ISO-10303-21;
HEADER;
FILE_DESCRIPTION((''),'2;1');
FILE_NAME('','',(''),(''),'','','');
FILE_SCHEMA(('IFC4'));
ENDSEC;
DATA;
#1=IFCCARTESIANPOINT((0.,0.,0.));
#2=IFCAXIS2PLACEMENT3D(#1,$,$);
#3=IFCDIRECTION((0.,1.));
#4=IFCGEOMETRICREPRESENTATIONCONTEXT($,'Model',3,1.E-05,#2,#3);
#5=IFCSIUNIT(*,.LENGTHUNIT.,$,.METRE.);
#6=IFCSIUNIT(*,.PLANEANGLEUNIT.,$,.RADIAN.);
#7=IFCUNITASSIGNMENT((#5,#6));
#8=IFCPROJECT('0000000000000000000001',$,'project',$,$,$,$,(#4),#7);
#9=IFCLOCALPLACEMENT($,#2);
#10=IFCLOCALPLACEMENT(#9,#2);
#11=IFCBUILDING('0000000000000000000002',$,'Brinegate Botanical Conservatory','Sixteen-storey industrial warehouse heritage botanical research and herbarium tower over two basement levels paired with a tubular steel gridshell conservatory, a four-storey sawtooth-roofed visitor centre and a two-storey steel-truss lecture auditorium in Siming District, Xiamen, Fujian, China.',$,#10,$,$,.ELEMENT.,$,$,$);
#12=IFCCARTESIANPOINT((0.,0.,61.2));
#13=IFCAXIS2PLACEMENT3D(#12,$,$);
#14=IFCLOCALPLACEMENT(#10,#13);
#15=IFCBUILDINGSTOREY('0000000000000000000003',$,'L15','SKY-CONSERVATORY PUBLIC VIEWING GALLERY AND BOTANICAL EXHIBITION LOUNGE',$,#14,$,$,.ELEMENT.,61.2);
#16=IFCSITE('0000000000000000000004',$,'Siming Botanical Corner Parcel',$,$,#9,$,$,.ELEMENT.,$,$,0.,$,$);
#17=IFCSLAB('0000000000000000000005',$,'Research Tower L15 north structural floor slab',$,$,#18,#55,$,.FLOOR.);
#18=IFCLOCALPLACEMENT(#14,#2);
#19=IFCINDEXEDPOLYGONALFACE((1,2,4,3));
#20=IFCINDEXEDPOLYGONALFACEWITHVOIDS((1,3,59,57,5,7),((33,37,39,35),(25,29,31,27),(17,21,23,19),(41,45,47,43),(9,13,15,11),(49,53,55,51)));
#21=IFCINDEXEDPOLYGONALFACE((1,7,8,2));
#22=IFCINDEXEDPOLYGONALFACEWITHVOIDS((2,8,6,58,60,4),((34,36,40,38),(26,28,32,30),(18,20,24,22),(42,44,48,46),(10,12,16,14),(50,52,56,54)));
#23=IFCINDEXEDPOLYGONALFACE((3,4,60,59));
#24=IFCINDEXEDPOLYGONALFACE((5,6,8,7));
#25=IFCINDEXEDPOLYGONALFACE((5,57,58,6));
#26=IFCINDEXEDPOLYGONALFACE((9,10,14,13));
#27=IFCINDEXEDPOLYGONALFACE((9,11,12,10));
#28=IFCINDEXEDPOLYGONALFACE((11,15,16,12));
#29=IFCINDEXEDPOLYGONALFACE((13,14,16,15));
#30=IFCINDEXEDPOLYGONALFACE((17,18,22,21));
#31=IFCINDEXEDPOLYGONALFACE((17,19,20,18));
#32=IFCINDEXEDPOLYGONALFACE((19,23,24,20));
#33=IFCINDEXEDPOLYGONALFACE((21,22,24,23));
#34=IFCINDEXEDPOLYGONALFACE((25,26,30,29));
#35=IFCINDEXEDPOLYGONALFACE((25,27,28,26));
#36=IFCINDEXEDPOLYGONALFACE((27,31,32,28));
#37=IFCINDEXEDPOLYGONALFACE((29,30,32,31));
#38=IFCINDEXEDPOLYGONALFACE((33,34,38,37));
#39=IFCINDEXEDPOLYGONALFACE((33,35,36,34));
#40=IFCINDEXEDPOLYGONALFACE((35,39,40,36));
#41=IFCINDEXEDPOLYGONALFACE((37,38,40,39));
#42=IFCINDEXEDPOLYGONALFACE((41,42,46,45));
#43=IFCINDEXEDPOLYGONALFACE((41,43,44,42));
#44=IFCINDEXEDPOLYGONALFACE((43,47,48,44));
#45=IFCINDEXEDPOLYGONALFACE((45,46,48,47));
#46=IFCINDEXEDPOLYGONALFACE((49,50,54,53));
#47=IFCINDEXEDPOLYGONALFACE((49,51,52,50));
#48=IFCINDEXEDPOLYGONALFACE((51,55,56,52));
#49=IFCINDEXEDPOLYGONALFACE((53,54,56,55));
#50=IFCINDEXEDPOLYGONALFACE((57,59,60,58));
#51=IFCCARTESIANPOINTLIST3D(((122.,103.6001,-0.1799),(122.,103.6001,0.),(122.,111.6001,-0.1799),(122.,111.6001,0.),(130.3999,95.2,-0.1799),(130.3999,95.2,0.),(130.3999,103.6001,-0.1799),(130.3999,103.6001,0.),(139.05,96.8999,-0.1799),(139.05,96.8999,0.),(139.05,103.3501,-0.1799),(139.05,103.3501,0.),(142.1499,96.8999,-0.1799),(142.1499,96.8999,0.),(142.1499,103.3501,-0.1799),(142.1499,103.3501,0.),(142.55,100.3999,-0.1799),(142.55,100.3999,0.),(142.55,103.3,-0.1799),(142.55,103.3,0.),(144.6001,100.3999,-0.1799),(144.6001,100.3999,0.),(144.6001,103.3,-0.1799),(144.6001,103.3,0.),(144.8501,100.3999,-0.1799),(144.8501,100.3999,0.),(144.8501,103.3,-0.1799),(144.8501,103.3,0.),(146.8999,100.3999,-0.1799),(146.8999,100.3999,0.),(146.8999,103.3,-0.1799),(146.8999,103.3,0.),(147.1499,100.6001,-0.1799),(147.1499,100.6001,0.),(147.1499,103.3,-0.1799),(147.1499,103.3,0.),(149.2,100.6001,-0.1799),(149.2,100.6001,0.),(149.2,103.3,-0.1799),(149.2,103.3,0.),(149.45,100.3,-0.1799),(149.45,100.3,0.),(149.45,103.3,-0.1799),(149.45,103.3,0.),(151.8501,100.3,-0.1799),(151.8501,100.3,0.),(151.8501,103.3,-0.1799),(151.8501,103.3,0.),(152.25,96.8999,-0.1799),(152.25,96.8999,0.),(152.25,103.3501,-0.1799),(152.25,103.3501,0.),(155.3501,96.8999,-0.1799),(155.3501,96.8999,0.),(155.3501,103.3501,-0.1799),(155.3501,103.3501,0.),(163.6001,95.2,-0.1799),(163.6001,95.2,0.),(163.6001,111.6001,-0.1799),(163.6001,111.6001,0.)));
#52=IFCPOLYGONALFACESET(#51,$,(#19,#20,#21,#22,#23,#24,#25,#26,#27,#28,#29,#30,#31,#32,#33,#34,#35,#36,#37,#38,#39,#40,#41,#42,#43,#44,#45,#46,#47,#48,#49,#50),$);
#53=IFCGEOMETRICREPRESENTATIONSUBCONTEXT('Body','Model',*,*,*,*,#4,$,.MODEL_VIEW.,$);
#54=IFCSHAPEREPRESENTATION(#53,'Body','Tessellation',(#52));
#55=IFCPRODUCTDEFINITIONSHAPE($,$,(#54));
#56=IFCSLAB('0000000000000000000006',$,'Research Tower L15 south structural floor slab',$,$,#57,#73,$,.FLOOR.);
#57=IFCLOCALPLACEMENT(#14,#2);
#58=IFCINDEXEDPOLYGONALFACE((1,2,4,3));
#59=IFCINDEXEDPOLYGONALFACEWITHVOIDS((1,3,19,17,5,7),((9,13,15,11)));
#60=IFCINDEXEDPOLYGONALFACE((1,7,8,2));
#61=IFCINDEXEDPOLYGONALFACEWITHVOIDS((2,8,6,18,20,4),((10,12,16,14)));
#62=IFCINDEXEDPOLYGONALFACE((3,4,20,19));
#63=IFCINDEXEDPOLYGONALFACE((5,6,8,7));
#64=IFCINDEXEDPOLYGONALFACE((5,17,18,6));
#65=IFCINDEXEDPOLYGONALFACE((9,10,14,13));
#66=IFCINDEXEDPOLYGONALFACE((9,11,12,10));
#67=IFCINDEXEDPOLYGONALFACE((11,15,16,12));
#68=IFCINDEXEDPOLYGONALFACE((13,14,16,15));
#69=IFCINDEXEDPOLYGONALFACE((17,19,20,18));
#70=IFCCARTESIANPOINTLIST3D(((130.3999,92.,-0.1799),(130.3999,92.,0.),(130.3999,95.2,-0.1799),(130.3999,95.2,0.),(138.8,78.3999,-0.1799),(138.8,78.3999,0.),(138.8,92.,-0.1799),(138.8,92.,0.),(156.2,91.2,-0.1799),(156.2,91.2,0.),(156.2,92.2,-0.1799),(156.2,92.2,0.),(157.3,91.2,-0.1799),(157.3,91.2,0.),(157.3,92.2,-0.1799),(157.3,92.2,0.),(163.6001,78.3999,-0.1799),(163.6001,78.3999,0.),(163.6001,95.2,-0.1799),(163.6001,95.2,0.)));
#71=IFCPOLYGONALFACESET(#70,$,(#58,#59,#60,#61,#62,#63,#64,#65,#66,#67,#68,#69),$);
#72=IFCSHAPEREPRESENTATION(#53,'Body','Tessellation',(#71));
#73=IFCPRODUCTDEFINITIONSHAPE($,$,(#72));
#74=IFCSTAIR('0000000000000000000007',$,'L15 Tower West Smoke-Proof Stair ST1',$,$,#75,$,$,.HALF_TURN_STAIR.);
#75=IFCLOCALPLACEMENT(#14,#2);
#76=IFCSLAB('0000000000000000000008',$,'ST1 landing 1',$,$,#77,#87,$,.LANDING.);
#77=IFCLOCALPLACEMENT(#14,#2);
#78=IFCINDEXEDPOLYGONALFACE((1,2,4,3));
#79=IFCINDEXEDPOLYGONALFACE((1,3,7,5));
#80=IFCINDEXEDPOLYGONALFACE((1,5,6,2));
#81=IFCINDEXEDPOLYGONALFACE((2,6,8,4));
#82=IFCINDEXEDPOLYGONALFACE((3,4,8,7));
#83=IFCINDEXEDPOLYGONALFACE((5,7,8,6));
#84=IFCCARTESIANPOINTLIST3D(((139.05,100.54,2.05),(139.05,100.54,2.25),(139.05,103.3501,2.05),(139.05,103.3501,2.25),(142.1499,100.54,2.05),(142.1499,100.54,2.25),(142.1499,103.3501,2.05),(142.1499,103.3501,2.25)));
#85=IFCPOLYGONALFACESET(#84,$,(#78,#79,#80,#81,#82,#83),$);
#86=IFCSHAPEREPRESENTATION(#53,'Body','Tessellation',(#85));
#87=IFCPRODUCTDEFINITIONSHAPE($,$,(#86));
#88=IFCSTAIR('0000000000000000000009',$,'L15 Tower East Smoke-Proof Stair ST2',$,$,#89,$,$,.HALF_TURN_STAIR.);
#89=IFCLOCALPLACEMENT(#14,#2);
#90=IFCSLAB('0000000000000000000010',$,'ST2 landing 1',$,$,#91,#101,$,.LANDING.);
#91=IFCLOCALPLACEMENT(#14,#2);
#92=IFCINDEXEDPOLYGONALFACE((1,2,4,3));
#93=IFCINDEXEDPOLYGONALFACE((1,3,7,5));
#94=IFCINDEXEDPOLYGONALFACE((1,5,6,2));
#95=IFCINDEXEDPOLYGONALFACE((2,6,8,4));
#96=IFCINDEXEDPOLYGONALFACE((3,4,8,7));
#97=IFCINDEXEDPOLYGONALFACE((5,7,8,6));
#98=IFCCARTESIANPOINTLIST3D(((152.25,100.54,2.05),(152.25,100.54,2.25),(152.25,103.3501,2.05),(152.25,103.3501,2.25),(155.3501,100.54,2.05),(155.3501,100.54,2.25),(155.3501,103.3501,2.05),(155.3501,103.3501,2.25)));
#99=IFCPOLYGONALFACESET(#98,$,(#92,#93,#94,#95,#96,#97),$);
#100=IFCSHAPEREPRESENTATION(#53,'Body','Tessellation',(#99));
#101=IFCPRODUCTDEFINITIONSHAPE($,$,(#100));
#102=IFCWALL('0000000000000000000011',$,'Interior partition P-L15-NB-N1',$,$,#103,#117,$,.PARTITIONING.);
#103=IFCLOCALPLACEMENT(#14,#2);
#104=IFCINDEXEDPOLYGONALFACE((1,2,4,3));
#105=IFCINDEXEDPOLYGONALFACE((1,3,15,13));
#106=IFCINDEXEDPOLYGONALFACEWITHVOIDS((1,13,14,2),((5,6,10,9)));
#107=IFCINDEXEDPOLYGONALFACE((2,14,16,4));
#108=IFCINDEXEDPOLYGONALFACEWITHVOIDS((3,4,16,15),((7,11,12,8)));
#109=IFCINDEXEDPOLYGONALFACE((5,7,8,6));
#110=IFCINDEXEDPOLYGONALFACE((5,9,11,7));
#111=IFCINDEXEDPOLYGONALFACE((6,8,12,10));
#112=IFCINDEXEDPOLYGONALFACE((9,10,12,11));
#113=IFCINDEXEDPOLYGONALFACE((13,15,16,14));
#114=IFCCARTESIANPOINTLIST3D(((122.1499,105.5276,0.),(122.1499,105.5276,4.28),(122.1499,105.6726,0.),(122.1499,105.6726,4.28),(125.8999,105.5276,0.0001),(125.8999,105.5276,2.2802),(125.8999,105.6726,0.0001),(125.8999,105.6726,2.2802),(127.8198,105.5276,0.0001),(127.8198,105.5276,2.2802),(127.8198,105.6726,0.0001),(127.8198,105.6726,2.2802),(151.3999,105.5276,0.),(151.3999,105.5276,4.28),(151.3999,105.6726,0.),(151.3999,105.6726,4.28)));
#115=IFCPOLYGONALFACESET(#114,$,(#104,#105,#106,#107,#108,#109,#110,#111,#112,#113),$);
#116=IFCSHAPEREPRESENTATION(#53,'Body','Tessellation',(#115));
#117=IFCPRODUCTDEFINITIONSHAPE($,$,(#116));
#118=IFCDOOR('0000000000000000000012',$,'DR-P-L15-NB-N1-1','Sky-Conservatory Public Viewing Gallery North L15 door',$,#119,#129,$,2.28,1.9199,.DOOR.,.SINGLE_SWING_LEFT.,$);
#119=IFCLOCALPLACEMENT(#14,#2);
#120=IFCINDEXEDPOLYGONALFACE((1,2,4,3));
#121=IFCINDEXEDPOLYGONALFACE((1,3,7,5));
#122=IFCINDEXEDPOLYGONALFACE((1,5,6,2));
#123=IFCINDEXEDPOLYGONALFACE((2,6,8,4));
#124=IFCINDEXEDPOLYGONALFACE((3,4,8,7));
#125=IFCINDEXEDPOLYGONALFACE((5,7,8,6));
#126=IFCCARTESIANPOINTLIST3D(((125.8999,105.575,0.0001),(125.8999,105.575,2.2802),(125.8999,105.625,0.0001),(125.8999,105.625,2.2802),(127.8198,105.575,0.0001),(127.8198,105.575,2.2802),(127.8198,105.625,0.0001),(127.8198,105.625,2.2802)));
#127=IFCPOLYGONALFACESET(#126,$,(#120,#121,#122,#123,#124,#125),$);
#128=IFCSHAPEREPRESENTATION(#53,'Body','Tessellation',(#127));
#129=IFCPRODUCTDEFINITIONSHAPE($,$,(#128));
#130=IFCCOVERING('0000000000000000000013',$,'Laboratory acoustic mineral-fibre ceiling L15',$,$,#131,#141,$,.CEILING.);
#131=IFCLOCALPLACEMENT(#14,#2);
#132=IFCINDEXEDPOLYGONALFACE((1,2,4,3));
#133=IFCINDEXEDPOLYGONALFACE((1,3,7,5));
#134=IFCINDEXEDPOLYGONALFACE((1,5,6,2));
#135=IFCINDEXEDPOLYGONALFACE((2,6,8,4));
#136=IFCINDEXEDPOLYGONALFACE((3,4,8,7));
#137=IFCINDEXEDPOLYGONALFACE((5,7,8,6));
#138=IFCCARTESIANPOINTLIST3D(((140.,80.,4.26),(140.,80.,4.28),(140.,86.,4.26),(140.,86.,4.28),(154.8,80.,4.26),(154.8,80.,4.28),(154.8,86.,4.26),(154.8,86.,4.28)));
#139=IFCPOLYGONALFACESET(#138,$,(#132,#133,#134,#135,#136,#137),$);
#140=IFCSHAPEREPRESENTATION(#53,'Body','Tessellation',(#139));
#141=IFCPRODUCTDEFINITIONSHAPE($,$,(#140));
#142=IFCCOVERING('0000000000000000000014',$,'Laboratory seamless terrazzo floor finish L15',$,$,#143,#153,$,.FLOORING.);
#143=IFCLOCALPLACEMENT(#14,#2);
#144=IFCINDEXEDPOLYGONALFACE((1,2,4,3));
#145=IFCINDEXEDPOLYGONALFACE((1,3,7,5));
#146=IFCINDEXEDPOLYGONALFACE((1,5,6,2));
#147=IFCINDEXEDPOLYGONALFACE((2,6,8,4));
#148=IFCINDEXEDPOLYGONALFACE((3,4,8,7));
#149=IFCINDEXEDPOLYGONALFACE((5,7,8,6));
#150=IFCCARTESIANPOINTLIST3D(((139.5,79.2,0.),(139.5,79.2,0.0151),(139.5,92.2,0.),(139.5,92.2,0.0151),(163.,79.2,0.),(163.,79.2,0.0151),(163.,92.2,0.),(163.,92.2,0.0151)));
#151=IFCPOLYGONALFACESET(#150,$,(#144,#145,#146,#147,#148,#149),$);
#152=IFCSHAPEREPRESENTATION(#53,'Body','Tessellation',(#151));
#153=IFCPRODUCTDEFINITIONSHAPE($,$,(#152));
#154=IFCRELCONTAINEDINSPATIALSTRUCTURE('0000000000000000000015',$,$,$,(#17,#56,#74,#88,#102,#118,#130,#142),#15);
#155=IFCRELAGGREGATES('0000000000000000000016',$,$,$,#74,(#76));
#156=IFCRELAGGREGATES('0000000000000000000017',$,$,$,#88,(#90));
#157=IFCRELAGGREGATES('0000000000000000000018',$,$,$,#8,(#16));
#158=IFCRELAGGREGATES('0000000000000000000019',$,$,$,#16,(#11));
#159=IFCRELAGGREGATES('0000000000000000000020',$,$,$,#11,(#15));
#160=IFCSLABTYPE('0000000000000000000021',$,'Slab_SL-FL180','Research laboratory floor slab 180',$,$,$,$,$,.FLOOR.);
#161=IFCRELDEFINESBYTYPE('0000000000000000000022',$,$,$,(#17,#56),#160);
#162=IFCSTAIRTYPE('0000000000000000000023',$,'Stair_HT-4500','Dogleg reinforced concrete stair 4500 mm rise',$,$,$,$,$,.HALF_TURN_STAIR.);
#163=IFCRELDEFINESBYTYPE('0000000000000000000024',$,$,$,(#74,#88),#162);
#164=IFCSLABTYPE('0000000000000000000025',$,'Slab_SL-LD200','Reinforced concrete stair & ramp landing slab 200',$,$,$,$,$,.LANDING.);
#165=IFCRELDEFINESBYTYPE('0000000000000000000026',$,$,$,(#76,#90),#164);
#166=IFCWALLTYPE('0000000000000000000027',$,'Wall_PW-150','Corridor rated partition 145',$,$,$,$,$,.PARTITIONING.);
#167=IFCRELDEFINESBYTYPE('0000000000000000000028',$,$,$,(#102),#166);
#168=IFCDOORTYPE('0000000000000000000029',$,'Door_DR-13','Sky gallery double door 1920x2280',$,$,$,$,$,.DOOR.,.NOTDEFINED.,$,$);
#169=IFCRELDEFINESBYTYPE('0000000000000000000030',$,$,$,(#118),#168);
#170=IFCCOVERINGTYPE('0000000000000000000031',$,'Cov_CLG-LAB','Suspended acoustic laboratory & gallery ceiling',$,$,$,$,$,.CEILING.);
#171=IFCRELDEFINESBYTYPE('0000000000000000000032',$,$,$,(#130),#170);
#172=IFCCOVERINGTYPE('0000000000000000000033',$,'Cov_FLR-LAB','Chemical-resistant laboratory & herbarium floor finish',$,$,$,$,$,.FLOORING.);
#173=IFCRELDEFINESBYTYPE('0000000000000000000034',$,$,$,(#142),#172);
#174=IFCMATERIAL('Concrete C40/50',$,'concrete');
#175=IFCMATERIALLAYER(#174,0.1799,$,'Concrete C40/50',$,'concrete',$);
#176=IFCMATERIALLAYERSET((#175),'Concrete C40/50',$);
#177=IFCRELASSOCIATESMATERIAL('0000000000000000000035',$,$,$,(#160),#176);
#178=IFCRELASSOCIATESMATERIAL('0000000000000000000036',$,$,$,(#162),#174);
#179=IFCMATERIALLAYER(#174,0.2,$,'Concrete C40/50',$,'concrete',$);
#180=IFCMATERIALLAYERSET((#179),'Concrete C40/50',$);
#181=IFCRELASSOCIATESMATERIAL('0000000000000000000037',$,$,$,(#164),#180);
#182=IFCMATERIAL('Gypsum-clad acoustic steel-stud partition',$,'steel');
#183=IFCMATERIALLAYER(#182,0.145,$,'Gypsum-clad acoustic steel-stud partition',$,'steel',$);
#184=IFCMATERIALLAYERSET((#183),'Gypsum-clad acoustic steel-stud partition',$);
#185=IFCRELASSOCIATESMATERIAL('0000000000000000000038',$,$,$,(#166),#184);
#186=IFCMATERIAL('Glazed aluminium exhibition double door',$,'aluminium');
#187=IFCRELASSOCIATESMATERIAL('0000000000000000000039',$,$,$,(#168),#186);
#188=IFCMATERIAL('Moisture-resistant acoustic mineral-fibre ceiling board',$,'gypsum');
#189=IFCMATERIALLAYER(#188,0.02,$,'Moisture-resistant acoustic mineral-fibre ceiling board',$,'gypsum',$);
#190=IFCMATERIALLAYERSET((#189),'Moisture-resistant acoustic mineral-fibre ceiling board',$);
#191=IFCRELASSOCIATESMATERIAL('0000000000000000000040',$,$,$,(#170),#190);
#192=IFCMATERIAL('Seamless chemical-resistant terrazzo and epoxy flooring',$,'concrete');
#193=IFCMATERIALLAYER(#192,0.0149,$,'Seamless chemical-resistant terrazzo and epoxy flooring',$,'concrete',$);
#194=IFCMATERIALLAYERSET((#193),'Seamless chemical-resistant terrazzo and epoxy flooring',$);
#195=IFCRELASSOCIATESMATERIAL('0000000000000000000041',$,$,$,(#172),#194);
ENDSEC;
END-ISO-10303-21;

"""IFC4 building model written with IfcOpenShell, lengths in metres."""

from ifc_helpers import new_model, si_unit, direction, frame, frame_2d, origin, place, context, subcontext, project, spatial, polyline, rectangle, outline, extrude, material, layer, layer_set, type_object, element, fill, aggregate, save


model = new_model("IFC4")

# Units and contexts
model_context = context("Model", 3, precision=1e-05, world=origin(), true_north=direction((0.0, 1.0)))
body_context = subcontext(model_context, "Body", "Model", "MODEL_VIEW")
ifc_project = project(units=[si_unit("LENGTHUNIT", "METRE"), si_unit("PLANEANGLEUNIT", "RADIAN")], contexts=[model_context])

# Site, building, storey
site_placement = place(None, origin())
site = spatial("IfcSite", under=ifc_project, at=site_placement, Name="Siming Botanical Corner Parcel", CompositionType="ELEMENT", RefElevation=0.0)
building_placement = place(site_placement, origin())
building = spatial("IfcBuilding", under=site, at=building_placement, Name="Brinegate Botanical Conservatory", Description="Sixteen-storey industrial warehouse heritage botanical research and herbarium tower over two basement levels paired with a tubular steel gridshell conservatory, a four-storey sawtooth-roofed visitor centre and a two-storey steel-truss lecture auditorium in Siming District, Xiamen, Fujian, China.", CompositionType="ELEMENT")
storey_placement = place(building_placement, frame((0.0, 0.0, 61.2)))
storey = spatial("IfcBuildingStorey", under=building, at=storey_placement, Name="L15", Description="SKY-CONSERVATORY PUBLIC VIEWING GALLERY AND BOTANICAL EXHIBITION LOUNGE", CompositionType="ELEMENT", Elevation=61.2)

# Shared definitions
ifc_material_1 = material(Name="Concrete C40/50", Category="concrete")

# Slabs
ifc_layer_1 = layer(ifc_material_1, 0.1799, Name="Concrete C40/50", Category="concrete")
ifc_layer_set_1 = layer_set([ifc_layer_1], Name="Concrete C40/50")
slab_type_1 = type_object("IfcSlabType", Name="Slab_SL-FL180", Description="Research laboratory floor slab 180", PredefinedType="FLOOR", material=ifc_layer_set_1)
slab_1_placement = place(storey_placement, frame((0.0, 0.0, -0.1799)))
element("IfcSlab", 1, at=slab_1_placement, inside=storey, type_object=slab_type_1, Name="Research Tower L15 north structural floor slab", PredefinedType="FLOOR", context=body_context, shape_type="SweptSolid", body=[
    extrude(outline(polyline([(130.3999, 103.6001), (122.0, 103.6001), (122.0, 111.6001), (163.6001, 111.6001), (163.6001, 95.2), (130.3999, 95.2), (130.3999, 103.6001)]), holes=[polyline([(142.1499, 96.8999), (142.1499, 103.3501), (139.05, 103.3501), (139.05, 96.8999), (142.1499, 96.8999)]), polyline([(155.3501, 96.8999), (155.3501, 103.3501), (152.25, 103.3501), (152.25, 96.8999), (155.3501, 96.8999)]), polyline([(142.55, 100.3999), (144.6001, 100.3999), (144.6001, 103.3), (142.55, 103.3), (142.55, 100.3999)]), polyline([(144.8501, 100.3999), (146.8999, 100.3999), (146.8999, 103.3), (144.8501, 103.3), (144.8501, 100.3999)]), polyline([(147.1499, 100.6001), (149.2, 100.6001), (149.2, 103.3), (147.1499, 103.3), (147.1499, 100.6001)]), polyline([(149.45, 100.3), (151.8501, 100.3), (151.8501, 103.3), (149.45, 103.3), (149.45, 100.3)])]), origin(), (0.0, 0.0, 1.0), 0.1799),
])
slab_2_placement = place(storey_placement, frame((0.0, 0.0, -0.1799)))
element("IfcSlab", 2, at=slab_2_placement, inside=storey, type_object=slab_type_1, Name="Research Tower L15 south structural floor slab", PredefinedType="FLOOR", context=body_context, shape_type="SweptSolid", body=[
    extrude(outline(polyline([(163.6001, 78.3999), (138.8, 78.3999), (138.8, 92.0), (130.3999, 92.0), (130.3999, 95.2), (163.6001, 95.2), (163.6001, 78.3999)]), holes=[polyline([(156.2, 91.2), (157.3, 91.2), (157.3, 92.2), (156.2, 92.2), (156.2, 91.2)])]), origin(), (0.0, 0.0, 1.0), 0.1799),
])

# Stairs, slabs
stair_type = type_object("IfcStairType", Name="Stair_HT-4500", Description="Dogleg reinforced concrete stair 4500 mm rise", PredefinedType="HALF_TURN_STAIR", material=ifc_material_1)
stair_1_placement = place(storey_placement, origin())
stair_1 = element("IfcStair", 3, at=stair_1_placement, inside=storey, type_object=stair_type, Name="L15 Tower West Smoke-Proof Stair ST1", PredefinedType="HALF_TURN_STAIR")
ifc_layer_2 = layer(ifc_material_1, 0.2, Name="Concrete C40/50", Category="concrete")
ifc_layer_set_2 = layer_set([ifc_layer_2], Name="Concrete C40/50")
slab_type_2 = type_object("IfcSlabType", Name="Slab_SL-LD200", Description="Reinforced concrete stair & ramp landing slab 200", PredefinedType="LANDING", material=ifc_layer_set_2)
slab_3_placement = place(storey_placement, frame((0.0, 0.0, 2.05)))
slab_3 = element("IfcSlab", 4, at=slab_3_placement, type_object=slab_type_2, Name="ST1 landing 1", PredefinedType="LANDING", context=body_context, shape_type="SweptSolid", body=[
    extrude(outline(polyline([(142.1499, 100.54), (142.1499, 103.3501), (139.05, 103.3501), (139.05, 100.54), (142.1499, 100.54)])), origin(), (0.0, 0.0, 1.0), 0.2),
])
aggregate(stair_1, [slab_3])
stair_2_placement = place(storey_placement, origin())
stair_2 = element("IfcStair", 5, at=stair_2_placement, inside=storey, type_object=stair_type, Name="L15 Tower East Smoke-Proof Stair ST2", PredefinedType="HALF_TURN_STAIR")
slab_4_placement = place(storey_placement, frame((0.0, 0.0, 2.05)))
slab_4 = element("IfcSlab", 6, at=slab_4_placement, type_object=slab_type_2, Name="ST2 landing 1", PredefinedType="LANDING", context=body_context, shape_type="SweptSolid", body=[
    extrude(outline(polyline([(155.3501, 100.54), (155.3501, 103.3501), (152.25, 103.3501), (152.25, 100.54), (155.3501, 100.54)])), origin(), (0.0, 0.0, 1.0), 0.2),
])
aggregate(stair_2, [slab_4])

# Wall, opening, door
ifc_material_2 = material(Name="Gypsum-clad acoustic steel-stud partition", Category="steel")
ifc_layer_3 = layer(ifc_material_2, 0.145, Name="Gypsum-clad acoustic steel-stud partition", Category="steel")
ifc_layer_set_3 = layer_set([ifc_layer_3], Name="Gypsum-clad acoustic steel-stud partition")
wall_type = type_object("IfcWallType", Name="Wall_PW-150", Description="Corridor rated partition 145", PredefinedType="PARTITIONING", material=ifc_layer_set_3)
wall_placement = place(storey_placement, frame((122.1499, 105.6001, 0.0), z_axis=(0.0, 0.0, 1.0), x_axis=(1.0, 0.0, 0.0)))
wall = element("IfcWall", 7, at=wall_placement, inside=storey, type_object=wall_type, Name="Interior partition P-L15-NB-N1", PredefinedType="PARTITIONING", context=body_context, shape_type="SweptSolid", body=[
    extrude(rectangle(XDim=29.25, YDim=0.145, at=frame_2d((14.625, 0.0))), origin(), (0.0, 0.0, 1.0), 4.28),
])
opening_placement = place(wall_placement, frame((3.75, 0.0, 0.0)))
opening = element("IfcOpeningElement", 8, at=opening_placement, cuts=wall, PredefinedType="OPENING", context=body_context, shape_type="SweptSolid", body=[
    extrude(rectangle(XDim=1.9199, YDim=2.28, at=frame_2d((0.96, 1.1401))), frame((0.0, 0.0825, 0.0), z_axis=(0.0, -1.0, 0.0), x_axis=(1.0, 0.0, 0.0)), (0.0, 0.0, 1.0), 0.165),
])
ifc_material_3 = material(Name="Glazed aluminium exhibition double door", Category="aluminium")
door_type = type_object("IfcDoorType", Name="Door_DR-13", Description="Sky gallery double door 1920x2280", OperationType="NOTDEFINED", PredefinedType="DOOR", material=ifc_material_3)
door_placement = place(opening_placement, origin())
door = element("IfcDoor", 9, at=door_placement, inside=storey, type_object=door_type, Name="DR-P-L15-NB-N1-1", Description="Sky-Conservatory Public Viewing Gallery North L15 door", OperationType="SINGLE_SWING_LEFT", OverallHeight=2.28, OverallWidth=1.9199, PredefinedType="DOOR", context=body_context, shape_type="SweptSolid", body=[
    extrude(rectangle(XDim=1.9199, YDim=2.28, at=frame_2d((0.96, 1.1401))), frame((0.0, 0.0249, 0.0), z_axis=(0.0, -1.0, 0.0), x_axis=(1.0, 0.0, 0.0)), (0.0, 0.0, 1.0), 0.05),
])
fill(opening, door)

# Coverings
ifc_material_4 = material(Name="Moisture-resistant acoustic mineral-fibre ceiling board", Category="gypsum")
ifc_layer_4 = layer(ifc_material_4, 0.02, Name="Moisture-resistant acoustic mineral-fibre ceiling board", Category="gypsum")
ifc_layer_set_4 = layer_set([ifc_layer_4], Name="Moisture-resistant acoustic mineral-fibre ceiling board")
covering_type_1 = type_object("IfcCoveringType", Name="Cov_CLG-LAB", Description="Suspended acoustic laboratory & gallery ceiling", PredefinedType="CEILING", material=ifc_layer_set_4)
covering_1_placement = place(storey_placement, frame((0.0, 0.0, 4.26)))
element("IfcCovering", 10, at=covering_1_placement, inside=storey, type_object=covering_type_1, Name="Laboratory acoustic mineral-fibre ceiling L15", PredefinedType="CEILING", context=body_context, shape_type="SweptSolid", body=[
    extrude(outline(polyline([(140.0, 80.0), (154.8, 80.0), (154.8, 86.0), (140.0, 86.0), (140.0, 80.0)])), origin(), (0.0, 0.0, 1.0), 0.02),
])
ifc_material_5 = material(Name="Seamless chemical-resistant terrazzo and epoxy flooring", Category="concrete")
ifc_layer_5 = layer(ifc_material_5, 0.0149, Name="Seamless chemical-resistant terrazzo and epoxy flooring", Category="concrete")
ifc_layer_set_5 = layer_set([ifc_layer_5], Name="Seamless chemical-resistant terrazzo and epoxy flooring")
covering_type_2 = type_object("IfcCoveringType", Name="Cov_FLR-LAB", Description="Chemical-resistant laboratory & herbarium floor finish", PredefinedType="FLOORING", material=ifc_layer_set_5)
covering_2_placement = place(storey_placement, origin())
element("IfcCovering", 11, at=covering_2_placement, inside=storey, type_object=covering_type_2, Name="Laboratory seamless terrazzo floor finish L15", PredefinedType="FLOORING", context=body_context, shape_type="SweptSolid", body=[
    extrude(outline(polyline([(139.5, 79.2), (163.0, 79.2), (163.0, 92.2), (139.5, 92.2), (139.5, 79.2)])), origin(), (0.0, 0.0, 1.0), 0.0151),
])

save(model, "model.ifc")
